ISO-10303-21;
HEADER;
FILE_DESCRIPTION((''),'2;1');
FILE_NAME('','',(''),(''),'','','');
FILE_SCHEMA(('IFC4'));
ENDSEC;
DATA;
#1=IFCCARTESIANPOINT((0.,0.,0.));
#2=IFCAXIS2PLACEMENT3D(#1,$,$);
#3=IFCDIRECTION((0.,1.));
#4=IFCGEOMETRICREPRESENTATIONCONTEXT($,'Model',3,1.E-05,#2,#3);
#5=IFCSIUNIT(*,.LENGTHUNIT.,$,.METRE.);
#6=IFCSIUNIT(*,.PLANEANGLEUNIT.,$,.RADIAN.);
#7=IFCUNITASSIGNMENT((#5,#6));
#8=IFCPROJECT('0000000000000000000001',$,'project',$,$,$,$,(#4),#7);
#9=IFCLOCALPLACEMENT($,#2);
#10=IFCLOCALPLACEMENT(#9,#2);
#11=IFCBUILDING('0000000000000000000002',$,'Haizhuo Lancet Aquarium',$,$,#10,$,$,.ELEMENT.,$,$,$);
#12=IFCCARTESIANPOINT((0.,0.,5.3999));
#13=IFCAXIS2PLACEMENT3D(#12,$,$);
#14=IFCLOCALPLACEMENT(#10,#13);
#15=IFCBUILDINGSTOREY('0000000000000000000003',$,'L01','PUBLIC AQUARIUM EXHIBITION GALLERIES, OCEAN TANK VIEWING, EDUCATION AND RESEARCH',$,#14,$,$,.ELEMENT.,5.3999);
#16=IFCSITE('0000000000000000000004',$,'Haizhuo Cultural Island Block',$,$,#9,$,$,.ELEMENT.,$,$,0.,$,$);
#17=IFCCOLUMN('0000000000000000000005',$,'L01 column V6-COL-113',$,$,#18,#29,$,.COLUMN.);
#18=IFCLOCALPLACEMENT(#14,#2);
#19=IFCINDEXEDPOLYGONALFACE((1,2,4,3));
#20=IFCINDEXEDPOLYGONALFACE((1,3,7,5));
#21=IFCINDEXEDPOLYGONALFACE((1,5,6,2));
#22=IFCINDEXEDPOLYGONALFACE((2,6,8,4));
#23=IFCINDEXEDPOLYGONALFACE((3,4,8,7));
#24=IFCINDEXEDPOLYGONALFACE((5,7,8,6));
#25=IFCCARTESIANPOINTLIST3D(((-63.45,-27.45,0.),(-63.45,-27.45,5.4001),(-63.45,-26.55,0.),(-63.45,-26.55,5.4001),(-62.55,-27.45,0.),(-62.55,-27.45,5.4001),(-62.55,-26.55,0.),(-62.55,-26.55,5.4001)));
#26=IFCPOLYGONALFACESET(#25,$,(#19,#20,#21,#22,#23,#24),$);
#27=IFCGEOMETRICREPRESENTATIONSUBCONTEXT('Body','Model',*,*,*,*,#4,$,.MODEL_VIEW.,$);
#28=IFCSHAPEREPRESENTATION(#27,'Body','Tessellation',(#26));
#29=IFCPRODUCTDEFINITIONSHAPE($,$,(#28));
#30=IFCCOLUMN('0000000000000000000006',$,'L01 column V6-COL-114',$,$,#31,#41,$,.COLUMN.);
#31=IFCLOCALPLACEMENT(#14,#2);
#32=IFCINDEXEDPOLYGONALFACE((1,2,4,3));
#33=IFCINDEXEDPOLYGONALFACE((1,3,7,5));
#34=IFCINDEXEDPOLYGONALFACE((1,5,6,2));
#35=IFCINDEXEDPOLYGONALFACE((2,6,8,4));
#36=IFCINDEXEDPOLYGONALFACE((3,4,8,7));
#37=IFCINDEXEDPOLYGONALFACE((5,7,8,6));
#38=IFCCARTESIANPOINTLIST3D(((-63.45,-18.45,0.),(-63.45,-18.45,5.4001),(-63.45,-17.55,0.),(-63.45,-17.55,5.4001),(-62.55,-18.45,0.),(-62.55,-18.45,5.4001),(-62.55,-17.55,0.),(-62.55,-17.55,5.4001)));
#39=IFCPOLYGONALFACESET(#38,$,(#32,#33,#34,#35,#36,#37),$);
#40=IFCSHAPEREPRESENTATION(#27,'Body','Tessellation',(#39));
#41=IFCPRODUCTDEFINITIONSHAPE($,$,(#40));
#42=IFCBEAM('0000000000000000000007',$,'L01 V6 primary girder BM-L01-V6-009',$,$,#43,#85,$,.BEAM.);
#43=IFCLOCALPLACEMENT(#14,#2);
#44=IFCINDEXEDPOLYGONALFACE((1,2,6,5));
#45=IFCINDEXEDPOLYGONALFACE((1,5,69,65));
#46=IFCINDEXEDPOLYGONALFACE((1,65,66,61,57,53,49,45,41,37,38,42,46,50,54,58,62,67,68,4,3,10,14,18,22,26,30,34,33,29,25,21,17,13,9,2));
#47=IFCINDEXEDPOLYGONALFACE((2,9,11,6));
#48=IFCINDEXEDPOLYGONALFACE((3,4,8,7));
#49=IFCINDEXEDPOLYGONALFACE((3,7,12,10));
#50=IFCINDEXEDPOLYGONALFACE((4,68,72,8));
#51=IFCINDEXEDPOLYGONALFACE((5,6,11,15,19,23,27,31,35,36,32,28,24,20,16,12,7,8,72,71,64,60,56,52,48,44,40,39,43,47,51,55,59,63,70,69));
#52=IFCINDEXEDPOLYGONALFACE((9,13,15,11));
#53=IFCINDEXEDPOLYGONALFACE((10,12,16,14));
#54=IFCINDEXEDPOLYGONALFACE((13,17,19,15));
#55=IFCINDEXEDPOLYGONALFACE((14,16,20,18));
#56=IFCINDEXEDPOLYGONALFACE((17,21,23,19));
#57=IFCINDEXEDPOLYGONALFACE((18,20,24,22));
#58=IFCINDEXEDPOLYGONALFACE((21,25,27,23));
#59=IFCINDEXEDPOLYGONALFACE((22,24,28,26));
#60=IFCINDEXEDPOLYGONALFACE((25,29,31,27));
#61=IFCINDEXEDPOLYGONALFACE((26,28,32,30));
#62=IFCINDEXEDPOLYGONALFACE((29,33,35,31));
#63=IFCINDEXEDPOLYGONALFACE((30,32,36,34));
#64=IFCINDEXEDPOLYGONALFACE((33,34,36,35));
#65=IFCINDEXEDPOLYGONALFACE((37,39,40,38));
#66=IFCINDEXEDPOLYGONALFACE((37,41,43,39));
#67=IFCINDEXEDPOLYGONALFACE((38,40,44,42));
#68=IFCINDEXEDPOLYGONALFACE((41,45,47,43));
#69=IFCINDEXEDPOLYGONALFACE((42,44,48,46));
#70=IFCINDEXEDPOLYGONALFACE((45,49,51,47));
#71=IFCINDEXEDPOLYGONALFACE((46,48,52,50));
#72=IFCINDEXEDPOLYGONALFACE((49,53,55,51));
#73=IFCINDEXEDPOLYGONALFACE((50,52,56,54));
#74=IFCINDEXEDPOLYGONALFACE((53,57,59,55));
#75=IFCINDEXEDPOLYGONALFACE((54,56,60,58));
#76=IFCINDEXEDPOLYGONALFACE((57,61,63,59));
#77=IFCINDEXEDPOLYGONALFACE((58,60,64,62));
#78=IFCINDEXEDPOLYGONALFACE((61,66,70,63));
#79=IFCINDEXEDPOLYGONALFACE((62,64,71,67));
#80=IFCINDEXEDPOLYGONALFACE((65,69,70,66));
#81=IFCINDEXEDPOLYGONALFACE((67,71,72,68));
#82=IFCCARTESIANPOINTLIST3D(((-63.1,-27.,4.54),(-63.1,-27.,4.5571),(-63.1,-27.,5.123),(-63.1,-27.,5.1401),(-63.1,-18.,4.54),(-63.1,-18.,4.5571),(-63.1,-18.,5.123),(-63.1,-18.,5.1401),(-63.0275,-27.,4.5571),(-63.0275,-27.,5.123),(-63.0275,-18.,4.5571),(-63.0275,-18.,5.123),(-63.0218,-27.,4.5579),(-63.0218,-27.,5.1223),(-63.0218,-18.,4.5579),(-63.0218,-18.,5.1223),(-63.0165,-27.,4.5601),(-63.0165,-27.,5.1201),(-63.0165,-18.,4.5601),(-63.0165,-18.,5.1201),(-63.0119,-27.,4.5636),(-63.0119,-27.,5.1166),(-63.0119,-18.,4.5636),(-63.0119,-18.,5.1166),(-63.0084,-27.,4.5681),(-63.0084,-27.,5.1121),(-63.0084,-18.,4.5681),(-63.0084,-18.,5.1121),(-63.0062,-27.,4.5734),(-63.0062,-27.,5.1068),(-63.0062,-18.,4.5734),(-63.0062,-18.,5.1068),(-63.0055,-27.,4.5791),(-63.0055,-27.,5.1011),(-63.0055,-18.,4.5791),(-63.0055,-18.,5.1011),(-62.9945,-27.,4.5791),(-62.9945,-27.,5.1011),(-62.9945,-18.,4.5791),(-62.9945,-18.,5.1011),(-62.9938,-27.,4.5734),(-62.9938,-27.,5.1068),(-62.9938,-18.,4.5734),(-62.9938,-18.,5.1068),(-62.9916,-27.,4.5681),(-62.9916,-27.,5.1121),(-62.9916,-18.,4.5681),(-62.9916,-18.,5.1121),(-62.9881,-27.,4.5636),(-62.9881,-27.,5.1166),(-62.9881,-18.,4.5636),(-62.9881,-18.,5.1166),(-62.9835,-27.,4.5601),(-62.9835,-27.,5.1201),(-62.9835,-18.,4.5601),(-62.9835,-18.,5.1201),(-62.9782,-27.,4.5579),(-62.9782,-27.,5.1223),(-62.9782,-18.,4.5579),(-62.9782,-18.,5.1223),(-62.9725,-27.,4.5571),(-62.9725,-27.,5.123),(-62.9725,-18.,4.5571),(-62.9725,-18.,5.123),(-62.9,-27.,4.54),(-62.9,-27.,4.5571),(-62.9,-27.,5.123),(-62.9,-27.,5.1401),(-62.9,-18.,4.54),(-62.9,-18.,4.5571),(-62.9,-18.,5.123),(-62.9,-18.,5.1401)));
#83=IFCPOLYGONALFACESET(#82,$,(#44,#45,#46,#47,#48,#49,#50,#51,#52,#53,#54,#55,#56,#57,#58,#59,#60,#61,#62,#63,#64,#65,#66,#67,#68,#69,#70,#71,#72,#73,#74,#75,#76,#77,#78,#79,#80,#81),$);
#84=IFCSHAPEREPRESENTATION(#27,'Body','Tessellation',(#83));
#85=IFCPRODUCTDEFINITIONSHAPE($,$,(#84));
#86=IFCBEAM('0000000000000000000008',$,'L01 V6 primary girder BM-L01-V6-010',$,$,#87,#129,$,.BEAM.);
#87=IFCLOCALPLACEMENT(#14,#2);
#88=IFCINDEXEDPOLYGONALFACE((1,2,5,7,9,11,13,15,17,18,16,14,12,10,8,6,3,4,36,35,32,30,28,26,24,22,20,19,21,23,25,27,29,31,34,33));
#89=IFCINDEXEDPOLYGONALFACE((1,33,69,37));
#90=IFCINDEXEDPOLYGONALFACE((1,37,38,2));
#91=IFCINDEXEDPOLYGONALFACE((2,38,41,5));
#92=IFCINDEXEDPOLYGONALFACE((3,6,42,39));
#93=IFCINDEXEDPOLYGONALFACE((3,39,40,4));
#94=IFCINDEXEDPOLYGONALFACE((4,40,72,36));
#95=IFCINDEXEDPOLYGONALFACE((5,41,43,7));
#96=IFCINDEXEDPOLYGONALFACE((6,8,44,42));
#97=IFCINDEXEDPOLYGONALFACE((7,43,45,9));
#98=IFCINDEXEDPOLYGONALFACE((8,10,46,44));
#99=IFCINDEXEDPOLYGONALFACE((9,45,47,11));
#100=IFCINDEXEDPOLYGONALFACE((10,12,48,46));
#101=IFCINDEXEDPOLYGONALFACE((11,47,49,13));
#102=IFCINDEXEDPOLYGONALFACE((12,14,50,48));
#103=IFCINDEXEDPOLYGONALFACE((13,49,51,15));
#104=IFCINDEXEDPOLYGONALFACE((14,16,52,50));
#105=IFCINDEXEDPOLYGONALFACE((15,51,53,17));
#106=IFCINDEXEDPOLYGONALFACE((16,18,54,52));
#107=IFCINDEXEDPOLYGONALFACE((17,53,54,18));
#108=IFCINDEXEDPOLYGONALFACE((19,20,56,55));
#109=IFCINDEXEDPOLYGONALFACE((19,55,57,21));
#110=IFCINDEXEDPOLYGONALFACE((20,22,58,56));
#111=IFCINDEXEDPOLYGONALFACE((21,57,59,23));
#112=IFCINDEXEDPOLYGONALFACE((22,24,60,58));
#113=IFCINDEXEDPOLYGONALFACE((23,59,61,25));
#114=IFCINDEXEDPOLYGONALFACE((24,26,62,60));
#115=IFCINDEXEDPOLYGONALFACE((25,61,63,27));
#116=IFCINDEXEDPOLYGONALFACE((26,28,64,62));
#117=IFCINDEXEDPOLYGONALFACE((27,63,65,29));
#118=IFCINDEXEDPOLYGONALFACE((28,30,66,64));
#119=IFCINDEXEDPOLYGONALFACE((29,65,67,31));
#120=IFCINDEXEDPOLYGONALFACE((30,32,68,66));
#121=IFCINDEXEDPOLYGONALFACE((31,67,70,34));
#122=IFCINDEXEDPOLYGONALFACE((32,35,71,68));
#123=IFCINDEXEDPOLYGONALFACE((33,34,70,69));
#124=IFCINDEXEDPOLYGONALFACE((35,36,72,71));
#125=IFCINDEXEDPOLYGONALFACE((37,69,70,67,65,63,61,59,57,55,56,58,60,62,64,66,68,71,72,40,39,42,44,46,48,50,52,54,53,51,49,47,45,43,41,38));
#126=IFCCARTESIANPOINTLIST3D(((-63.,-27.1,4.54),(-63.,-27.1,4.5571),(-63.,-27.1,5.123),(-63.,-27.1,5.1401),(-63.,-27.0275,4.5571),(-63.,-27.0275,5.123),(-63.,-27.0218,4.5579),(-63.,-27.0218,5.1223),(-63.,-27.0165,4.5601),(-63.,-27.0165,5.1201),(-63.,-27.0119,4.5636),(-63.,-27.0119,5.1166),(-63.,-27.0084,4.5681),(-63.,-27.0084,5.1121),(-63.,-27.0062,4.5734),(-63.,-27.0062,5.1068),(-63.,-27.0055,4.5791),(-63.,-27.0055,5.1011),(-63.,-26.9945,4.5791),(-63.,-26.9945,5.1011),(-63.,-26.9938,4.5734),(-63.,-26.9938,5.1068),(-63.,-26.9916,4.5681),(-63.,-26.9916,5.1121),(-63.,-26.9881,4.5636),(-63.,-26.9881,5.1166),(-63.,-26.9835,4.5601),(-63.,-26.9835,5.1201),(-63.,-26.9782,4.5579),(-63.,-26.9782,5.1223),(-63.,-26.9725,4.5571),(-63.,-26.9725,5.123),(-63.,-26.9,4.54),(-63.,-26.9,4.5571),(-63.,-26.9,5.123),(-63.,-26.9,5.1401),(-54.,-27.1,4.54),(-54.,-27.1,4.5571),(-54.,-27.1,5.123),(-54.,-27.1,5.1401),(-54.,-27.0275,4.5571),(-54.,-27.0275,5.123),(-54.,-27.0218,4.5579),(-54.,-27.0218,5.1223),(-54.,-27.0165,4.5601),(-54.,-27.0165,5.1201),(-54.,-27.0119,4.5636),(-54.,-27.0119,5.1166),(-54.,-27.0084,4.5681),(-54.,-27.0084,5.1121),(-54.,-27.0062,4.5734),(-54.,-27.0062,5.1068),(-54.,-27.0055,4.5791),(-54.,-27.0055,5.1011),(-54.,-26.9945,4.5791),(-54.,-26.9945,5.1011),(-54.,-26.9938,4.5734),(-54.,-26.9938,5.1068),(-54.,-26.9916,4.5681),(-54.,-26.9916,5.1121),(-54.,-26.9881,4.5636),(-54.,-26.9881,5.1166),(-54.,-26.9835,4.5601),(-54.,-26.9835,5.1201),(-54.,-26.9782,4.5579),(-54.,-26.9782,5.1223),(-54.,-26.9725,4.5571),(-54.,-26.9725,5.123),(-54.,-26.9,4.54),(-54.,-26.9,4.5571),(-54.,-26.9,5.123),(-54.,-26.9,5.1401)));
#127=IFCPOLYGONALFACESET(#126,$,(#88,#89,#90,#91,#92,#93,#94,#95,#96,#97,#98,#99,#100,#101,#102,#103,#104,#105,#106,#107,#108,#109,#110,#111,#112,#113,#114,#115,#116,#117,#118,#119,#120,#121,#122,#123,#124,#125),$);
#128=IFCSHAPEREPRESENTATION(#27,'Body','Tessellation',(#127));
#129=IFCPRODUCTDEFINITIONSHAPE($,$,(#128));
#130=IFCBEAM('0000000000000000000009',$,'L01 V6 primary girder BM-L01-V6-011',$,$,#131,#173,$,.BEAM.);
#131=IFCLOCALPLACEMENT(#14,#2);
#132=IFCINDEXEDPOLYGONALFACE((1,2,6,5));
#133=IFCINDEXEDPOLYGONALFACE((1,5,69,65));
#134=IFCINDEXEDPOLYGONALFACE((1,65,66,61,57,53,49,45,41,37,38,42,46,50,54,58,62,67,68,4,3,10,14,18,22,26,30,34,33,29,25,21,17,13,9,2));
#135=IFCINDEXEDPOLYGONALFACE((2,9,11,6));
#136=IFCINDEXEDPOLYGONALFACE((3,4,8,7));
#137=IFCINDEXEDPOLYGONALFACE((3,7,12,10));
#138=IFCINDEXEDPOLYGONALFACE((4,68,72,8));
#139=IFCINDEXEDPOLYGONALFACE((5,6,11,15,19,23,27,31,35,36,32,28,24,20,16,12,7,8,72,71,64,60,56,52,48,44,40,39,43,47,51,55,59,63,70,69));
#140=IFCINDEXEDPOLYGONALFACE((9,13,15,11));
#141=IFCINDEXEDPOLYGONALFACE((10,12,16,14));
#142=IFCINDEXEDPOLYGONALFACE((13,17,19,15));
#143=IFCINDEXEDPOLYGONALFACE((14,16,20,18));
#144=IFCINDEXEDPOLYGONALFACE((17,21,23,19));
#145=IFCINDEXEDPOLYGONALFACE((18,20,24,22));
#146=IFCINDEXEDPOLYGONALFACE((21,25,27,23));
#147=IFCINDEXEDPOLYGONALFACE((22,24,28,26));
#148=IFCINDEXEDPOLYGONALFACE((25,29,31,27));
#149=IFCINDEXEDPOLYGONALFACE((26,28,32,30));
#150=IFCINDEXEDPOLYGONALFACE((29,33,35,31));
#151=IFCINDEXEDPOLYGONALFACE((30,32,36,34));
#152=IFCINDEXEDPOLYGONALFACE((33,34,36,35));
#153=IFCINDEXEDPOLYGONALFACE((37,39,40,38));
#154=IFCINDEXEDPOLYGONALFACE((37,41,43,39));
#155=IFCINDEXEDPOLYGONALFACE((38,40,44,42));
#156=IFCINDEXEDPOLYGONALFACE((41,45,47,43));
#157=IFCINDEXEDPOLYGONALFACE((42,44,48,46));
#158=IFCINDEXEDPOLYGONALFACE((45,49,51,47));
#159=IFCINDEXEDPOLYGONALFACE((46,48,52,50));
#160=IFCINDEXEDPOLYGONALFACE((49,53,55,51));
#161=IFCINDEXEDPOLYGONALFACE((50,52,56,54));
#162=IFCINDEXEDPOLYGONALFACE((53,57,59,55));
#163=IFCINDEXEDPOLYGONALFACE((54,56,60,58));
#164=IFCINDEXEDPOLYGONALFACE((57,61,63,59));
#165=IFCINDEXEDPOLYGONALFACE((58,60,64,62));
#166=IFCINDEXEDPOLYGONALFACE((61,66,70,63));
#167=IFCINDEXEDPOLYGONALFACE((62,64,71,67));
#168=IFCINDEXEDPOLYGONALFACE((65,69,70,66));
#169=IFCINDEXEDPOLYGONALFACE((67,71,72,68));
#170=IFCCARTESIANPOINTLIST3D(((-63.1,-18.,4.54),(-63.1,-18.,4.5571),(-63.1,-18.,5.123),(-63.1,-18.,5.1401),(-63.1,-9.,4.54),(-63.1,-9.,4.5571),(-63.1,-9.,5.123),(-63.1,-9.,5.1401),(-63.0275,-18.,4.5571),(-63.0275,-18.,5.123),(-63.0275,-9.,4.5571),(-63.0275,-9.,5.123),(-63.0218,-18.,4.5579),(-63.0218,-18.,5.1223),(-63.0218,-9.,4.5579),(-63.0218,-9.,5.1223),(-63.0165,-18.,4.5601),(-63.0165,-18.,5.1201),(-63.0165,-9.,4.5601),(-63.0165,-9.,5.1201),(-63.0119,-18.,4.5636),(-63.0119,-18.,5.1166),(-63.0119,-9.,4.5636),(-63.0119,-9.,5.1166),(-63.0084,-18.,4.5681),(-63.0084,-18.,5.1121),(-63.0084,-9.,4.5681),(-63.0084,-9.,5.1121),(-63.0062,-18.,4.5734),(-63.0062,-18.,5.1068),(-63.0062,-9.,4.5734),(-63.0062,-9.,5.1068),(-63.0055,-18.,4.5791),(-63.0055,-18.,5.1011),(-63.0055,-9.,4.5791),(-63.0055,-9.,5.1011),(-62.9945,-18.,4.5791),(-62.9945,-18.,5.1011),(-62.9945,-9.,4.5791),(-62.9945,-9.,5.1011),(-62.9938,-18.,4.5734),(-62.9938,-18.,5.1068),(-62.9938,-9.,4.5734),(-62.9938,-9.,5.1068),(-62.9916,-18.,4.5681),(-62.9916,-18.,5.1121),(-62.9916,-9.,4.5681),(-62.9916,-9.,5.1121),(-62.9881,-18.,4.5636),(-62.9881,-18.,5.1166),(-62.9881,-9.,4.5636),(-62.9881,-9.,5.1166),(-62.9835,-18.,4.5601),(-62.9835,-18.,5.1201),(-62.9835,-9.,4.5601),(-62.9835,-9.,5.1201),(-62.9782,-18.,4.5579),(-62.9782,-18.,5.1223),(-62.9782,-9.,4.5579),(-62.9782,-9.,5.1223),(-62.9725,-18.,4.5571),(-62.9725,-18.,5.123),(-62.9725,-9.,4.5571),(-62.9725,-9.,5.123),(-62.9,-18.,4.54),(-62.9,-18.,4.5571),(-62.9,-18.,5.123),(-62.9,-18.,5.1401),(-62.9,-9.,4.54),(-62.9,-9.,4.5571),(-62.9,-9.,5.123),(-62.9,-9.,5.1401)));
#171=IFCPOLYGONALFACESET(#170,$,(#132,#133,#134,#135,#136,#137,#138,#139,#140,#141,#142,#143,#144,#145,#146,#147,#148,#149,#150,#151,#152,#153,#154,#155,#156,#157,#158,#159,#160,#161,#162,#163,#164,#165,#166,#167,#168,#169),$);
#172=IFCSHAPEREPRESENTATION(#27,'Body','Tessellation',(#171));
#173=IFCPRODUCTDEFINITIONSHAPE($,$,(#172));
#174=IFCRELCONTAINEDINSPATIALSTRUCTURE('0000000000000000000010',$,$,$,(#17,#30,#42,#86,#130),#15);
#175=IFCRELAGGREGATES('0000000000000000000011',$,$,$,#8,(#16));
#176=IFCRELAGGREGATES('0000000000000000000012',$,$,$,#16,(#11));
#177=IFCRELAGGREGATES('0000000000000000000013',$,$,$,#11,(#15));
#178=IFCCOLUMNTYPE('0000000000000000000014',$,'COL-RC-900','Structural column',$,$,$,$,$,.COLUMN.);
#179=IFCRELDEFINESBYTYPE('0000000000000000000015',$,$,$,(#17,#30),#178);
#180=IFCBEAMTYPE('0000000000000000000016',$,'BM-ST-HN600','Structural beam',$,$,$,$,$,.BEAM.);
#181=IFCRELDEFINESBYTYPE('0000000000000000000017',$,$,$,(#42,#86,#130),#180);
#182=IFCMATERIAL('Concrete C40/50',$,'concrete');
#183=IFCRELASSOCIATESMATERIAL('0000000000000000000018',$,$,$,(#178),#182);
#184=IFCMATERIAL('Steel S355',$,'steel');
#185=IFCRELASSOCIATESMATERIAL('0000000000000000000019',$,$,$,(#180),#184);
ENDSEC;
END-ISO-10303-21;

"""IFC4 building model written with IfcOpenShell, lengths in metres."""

from ifc_helpers import new_model, si_unit, direction, frame, origin, origin_2d, place, context, subcontext, project, spatial, rectangle, i_section, extrude, material, material_profile, profile_set, type_object, element, save


model = new_model("IFC4")

# Units and contexts
model_context = context("Model", 3, precision=1e-05, world=origin(), true_north=direction((0.0, 1.0)))
body_context = subcontext(model_context, "Body", "Model", "MODEL_VIEW")
ifc_project = project(units=[si_unit("LENGTHUNIT", "METRE"), si_unit("PLANEANGLEUNIT", "RADIAN")], contexts=[model_context])

# Site, building, storey
site_placement = place(None, origin())
site = spatial("IfcSite", under=ifc_project, at=site_placement, Name="Haizhuo Cultural Island Block", CompositionType="ELEMENT", RefElevation=0.0)
building_placement = place(site_placement, origin())
building = spatial("IfcBuilding", under=site, at=building_placement, Name="Haizhuo Lancet Aquarium", CompositionType="ELEMENT")
storey_placement = place(building_placement, frame((0.0, 0.0, 5.3999)))
storey = spatial("IfcBuildingStorey", under=building, at=storey_placement, Name="L01", Description="PUBLIC AQUARIUM EXHIBITION GALLERIES, OCEAN TANK VIEWING, EDUCATION AND RESEARCH", CompositionType="ELEMENT", Elevation=5.3999)

# Columns
ifc_material_1 = material(Name="Concrete C40/50", Category="concrete")
ifc_material_profile_1 = material_profile(ifc_material_1, rectangle(XDim=0.8999, YDim=0.8999, at=origin_2d()), Name="RC-COL 900x900")
ifc_profile_set_1 = profile_set([ifc_material_profile_1], Name="Concrete C40/50")
column_type = type_object("IfcColumnType", Name="COL-RC-900", Description="Structural column", PredefinedType="COLUMN", material=ifc_profile_set_1)
for number, where, z_axis, x_axis, name in (
    (1, (-63.0, -27.0, 0.0), (0.0, 0.0, 1.0), (1.0, 0.0, 0.0), "L01 column V6-COL-113"),
    (2, (-63.0, -18.0, 0.0), (0.0, 0.0, 1.0), (1.0, 0.0, 0.0), "L01 column V6-COL-114"),
):
    element("IfcColumn", number, at=place(storey_placement, frame(where, z_axis=z_axis, x_axis=x_axis)), inside=storey, type_object=column_type, Name=name, PredefinedType="COLUMN", context=body_context, shape_type="SweptSolid", body=[
        extrude(rectangle(XDim=0.8999, YDim=0.8999, at=origin_2d()), origin(), (0.0, 0.0, 1.0), 5.4001),
    ])

# Beams
ifc_material_2 = material(Name="Steel S355", Category="steel")
ifc_material_profile_2 = material_profile(ifc_material_2, i_section(OverallWidth=0.2, OverallDepth=0.6001, WebThickness=0.011, FlangeThickness=0.0171, FilletRadius=0.022, at=origin_2d()), Name="HN 600x200x11x17")
ifc_profile_set_2 = profile_set([ifc_material_profile_2], Name="Steel S355")
beam_type_1 = type_object("IfcBeamType", Name="BM-ST-HN600", Description="Structural beam", PredefinedType="BEAM", material=ifc_profile_set_2)
for number, where, z_axis, x_axis, name in (
    (3, (-63.0, -27.0, 4.8401), (0.0, 1.0, 0.0), (-1.0, 0.0, 0.0), "L01 V6 primary girder BM-L01-V6-009"),
    (4, (-63.0, -27.0, 4.8401), (1.0, 0.0, 0.0), (0.0, 1.0, 0.0), "L01 V6 primary girder BM-L01-V6-010"),
    (5, (-63.0, -18.0, 4.8401), (0.0, 1.0, 0.0), (-1.0, 0.0, 0.0), "L01 V6 primary girder BM-L01-V6-011"),
):
    element("IfcBeam", number, at=place(storey_placement, frame(where, z_axis=z_axis, x_axis=x_axis)), inside=storey, type_object=beam_type_1, Name=name, PredefinedType="BEAM", context=body_context, shape_type="SweptSolid", body=[
        extrude(i_section(OverallWidth=0.2, OverallDepth=0.6001, WebThickness=0.011, FlangeThickness=0.0171, FilletRadius=0.022, at=origin_2d()), origin(), (0.0, 0.0, 1.0), 9.0),
    ])

save(model, "model.ifc")
